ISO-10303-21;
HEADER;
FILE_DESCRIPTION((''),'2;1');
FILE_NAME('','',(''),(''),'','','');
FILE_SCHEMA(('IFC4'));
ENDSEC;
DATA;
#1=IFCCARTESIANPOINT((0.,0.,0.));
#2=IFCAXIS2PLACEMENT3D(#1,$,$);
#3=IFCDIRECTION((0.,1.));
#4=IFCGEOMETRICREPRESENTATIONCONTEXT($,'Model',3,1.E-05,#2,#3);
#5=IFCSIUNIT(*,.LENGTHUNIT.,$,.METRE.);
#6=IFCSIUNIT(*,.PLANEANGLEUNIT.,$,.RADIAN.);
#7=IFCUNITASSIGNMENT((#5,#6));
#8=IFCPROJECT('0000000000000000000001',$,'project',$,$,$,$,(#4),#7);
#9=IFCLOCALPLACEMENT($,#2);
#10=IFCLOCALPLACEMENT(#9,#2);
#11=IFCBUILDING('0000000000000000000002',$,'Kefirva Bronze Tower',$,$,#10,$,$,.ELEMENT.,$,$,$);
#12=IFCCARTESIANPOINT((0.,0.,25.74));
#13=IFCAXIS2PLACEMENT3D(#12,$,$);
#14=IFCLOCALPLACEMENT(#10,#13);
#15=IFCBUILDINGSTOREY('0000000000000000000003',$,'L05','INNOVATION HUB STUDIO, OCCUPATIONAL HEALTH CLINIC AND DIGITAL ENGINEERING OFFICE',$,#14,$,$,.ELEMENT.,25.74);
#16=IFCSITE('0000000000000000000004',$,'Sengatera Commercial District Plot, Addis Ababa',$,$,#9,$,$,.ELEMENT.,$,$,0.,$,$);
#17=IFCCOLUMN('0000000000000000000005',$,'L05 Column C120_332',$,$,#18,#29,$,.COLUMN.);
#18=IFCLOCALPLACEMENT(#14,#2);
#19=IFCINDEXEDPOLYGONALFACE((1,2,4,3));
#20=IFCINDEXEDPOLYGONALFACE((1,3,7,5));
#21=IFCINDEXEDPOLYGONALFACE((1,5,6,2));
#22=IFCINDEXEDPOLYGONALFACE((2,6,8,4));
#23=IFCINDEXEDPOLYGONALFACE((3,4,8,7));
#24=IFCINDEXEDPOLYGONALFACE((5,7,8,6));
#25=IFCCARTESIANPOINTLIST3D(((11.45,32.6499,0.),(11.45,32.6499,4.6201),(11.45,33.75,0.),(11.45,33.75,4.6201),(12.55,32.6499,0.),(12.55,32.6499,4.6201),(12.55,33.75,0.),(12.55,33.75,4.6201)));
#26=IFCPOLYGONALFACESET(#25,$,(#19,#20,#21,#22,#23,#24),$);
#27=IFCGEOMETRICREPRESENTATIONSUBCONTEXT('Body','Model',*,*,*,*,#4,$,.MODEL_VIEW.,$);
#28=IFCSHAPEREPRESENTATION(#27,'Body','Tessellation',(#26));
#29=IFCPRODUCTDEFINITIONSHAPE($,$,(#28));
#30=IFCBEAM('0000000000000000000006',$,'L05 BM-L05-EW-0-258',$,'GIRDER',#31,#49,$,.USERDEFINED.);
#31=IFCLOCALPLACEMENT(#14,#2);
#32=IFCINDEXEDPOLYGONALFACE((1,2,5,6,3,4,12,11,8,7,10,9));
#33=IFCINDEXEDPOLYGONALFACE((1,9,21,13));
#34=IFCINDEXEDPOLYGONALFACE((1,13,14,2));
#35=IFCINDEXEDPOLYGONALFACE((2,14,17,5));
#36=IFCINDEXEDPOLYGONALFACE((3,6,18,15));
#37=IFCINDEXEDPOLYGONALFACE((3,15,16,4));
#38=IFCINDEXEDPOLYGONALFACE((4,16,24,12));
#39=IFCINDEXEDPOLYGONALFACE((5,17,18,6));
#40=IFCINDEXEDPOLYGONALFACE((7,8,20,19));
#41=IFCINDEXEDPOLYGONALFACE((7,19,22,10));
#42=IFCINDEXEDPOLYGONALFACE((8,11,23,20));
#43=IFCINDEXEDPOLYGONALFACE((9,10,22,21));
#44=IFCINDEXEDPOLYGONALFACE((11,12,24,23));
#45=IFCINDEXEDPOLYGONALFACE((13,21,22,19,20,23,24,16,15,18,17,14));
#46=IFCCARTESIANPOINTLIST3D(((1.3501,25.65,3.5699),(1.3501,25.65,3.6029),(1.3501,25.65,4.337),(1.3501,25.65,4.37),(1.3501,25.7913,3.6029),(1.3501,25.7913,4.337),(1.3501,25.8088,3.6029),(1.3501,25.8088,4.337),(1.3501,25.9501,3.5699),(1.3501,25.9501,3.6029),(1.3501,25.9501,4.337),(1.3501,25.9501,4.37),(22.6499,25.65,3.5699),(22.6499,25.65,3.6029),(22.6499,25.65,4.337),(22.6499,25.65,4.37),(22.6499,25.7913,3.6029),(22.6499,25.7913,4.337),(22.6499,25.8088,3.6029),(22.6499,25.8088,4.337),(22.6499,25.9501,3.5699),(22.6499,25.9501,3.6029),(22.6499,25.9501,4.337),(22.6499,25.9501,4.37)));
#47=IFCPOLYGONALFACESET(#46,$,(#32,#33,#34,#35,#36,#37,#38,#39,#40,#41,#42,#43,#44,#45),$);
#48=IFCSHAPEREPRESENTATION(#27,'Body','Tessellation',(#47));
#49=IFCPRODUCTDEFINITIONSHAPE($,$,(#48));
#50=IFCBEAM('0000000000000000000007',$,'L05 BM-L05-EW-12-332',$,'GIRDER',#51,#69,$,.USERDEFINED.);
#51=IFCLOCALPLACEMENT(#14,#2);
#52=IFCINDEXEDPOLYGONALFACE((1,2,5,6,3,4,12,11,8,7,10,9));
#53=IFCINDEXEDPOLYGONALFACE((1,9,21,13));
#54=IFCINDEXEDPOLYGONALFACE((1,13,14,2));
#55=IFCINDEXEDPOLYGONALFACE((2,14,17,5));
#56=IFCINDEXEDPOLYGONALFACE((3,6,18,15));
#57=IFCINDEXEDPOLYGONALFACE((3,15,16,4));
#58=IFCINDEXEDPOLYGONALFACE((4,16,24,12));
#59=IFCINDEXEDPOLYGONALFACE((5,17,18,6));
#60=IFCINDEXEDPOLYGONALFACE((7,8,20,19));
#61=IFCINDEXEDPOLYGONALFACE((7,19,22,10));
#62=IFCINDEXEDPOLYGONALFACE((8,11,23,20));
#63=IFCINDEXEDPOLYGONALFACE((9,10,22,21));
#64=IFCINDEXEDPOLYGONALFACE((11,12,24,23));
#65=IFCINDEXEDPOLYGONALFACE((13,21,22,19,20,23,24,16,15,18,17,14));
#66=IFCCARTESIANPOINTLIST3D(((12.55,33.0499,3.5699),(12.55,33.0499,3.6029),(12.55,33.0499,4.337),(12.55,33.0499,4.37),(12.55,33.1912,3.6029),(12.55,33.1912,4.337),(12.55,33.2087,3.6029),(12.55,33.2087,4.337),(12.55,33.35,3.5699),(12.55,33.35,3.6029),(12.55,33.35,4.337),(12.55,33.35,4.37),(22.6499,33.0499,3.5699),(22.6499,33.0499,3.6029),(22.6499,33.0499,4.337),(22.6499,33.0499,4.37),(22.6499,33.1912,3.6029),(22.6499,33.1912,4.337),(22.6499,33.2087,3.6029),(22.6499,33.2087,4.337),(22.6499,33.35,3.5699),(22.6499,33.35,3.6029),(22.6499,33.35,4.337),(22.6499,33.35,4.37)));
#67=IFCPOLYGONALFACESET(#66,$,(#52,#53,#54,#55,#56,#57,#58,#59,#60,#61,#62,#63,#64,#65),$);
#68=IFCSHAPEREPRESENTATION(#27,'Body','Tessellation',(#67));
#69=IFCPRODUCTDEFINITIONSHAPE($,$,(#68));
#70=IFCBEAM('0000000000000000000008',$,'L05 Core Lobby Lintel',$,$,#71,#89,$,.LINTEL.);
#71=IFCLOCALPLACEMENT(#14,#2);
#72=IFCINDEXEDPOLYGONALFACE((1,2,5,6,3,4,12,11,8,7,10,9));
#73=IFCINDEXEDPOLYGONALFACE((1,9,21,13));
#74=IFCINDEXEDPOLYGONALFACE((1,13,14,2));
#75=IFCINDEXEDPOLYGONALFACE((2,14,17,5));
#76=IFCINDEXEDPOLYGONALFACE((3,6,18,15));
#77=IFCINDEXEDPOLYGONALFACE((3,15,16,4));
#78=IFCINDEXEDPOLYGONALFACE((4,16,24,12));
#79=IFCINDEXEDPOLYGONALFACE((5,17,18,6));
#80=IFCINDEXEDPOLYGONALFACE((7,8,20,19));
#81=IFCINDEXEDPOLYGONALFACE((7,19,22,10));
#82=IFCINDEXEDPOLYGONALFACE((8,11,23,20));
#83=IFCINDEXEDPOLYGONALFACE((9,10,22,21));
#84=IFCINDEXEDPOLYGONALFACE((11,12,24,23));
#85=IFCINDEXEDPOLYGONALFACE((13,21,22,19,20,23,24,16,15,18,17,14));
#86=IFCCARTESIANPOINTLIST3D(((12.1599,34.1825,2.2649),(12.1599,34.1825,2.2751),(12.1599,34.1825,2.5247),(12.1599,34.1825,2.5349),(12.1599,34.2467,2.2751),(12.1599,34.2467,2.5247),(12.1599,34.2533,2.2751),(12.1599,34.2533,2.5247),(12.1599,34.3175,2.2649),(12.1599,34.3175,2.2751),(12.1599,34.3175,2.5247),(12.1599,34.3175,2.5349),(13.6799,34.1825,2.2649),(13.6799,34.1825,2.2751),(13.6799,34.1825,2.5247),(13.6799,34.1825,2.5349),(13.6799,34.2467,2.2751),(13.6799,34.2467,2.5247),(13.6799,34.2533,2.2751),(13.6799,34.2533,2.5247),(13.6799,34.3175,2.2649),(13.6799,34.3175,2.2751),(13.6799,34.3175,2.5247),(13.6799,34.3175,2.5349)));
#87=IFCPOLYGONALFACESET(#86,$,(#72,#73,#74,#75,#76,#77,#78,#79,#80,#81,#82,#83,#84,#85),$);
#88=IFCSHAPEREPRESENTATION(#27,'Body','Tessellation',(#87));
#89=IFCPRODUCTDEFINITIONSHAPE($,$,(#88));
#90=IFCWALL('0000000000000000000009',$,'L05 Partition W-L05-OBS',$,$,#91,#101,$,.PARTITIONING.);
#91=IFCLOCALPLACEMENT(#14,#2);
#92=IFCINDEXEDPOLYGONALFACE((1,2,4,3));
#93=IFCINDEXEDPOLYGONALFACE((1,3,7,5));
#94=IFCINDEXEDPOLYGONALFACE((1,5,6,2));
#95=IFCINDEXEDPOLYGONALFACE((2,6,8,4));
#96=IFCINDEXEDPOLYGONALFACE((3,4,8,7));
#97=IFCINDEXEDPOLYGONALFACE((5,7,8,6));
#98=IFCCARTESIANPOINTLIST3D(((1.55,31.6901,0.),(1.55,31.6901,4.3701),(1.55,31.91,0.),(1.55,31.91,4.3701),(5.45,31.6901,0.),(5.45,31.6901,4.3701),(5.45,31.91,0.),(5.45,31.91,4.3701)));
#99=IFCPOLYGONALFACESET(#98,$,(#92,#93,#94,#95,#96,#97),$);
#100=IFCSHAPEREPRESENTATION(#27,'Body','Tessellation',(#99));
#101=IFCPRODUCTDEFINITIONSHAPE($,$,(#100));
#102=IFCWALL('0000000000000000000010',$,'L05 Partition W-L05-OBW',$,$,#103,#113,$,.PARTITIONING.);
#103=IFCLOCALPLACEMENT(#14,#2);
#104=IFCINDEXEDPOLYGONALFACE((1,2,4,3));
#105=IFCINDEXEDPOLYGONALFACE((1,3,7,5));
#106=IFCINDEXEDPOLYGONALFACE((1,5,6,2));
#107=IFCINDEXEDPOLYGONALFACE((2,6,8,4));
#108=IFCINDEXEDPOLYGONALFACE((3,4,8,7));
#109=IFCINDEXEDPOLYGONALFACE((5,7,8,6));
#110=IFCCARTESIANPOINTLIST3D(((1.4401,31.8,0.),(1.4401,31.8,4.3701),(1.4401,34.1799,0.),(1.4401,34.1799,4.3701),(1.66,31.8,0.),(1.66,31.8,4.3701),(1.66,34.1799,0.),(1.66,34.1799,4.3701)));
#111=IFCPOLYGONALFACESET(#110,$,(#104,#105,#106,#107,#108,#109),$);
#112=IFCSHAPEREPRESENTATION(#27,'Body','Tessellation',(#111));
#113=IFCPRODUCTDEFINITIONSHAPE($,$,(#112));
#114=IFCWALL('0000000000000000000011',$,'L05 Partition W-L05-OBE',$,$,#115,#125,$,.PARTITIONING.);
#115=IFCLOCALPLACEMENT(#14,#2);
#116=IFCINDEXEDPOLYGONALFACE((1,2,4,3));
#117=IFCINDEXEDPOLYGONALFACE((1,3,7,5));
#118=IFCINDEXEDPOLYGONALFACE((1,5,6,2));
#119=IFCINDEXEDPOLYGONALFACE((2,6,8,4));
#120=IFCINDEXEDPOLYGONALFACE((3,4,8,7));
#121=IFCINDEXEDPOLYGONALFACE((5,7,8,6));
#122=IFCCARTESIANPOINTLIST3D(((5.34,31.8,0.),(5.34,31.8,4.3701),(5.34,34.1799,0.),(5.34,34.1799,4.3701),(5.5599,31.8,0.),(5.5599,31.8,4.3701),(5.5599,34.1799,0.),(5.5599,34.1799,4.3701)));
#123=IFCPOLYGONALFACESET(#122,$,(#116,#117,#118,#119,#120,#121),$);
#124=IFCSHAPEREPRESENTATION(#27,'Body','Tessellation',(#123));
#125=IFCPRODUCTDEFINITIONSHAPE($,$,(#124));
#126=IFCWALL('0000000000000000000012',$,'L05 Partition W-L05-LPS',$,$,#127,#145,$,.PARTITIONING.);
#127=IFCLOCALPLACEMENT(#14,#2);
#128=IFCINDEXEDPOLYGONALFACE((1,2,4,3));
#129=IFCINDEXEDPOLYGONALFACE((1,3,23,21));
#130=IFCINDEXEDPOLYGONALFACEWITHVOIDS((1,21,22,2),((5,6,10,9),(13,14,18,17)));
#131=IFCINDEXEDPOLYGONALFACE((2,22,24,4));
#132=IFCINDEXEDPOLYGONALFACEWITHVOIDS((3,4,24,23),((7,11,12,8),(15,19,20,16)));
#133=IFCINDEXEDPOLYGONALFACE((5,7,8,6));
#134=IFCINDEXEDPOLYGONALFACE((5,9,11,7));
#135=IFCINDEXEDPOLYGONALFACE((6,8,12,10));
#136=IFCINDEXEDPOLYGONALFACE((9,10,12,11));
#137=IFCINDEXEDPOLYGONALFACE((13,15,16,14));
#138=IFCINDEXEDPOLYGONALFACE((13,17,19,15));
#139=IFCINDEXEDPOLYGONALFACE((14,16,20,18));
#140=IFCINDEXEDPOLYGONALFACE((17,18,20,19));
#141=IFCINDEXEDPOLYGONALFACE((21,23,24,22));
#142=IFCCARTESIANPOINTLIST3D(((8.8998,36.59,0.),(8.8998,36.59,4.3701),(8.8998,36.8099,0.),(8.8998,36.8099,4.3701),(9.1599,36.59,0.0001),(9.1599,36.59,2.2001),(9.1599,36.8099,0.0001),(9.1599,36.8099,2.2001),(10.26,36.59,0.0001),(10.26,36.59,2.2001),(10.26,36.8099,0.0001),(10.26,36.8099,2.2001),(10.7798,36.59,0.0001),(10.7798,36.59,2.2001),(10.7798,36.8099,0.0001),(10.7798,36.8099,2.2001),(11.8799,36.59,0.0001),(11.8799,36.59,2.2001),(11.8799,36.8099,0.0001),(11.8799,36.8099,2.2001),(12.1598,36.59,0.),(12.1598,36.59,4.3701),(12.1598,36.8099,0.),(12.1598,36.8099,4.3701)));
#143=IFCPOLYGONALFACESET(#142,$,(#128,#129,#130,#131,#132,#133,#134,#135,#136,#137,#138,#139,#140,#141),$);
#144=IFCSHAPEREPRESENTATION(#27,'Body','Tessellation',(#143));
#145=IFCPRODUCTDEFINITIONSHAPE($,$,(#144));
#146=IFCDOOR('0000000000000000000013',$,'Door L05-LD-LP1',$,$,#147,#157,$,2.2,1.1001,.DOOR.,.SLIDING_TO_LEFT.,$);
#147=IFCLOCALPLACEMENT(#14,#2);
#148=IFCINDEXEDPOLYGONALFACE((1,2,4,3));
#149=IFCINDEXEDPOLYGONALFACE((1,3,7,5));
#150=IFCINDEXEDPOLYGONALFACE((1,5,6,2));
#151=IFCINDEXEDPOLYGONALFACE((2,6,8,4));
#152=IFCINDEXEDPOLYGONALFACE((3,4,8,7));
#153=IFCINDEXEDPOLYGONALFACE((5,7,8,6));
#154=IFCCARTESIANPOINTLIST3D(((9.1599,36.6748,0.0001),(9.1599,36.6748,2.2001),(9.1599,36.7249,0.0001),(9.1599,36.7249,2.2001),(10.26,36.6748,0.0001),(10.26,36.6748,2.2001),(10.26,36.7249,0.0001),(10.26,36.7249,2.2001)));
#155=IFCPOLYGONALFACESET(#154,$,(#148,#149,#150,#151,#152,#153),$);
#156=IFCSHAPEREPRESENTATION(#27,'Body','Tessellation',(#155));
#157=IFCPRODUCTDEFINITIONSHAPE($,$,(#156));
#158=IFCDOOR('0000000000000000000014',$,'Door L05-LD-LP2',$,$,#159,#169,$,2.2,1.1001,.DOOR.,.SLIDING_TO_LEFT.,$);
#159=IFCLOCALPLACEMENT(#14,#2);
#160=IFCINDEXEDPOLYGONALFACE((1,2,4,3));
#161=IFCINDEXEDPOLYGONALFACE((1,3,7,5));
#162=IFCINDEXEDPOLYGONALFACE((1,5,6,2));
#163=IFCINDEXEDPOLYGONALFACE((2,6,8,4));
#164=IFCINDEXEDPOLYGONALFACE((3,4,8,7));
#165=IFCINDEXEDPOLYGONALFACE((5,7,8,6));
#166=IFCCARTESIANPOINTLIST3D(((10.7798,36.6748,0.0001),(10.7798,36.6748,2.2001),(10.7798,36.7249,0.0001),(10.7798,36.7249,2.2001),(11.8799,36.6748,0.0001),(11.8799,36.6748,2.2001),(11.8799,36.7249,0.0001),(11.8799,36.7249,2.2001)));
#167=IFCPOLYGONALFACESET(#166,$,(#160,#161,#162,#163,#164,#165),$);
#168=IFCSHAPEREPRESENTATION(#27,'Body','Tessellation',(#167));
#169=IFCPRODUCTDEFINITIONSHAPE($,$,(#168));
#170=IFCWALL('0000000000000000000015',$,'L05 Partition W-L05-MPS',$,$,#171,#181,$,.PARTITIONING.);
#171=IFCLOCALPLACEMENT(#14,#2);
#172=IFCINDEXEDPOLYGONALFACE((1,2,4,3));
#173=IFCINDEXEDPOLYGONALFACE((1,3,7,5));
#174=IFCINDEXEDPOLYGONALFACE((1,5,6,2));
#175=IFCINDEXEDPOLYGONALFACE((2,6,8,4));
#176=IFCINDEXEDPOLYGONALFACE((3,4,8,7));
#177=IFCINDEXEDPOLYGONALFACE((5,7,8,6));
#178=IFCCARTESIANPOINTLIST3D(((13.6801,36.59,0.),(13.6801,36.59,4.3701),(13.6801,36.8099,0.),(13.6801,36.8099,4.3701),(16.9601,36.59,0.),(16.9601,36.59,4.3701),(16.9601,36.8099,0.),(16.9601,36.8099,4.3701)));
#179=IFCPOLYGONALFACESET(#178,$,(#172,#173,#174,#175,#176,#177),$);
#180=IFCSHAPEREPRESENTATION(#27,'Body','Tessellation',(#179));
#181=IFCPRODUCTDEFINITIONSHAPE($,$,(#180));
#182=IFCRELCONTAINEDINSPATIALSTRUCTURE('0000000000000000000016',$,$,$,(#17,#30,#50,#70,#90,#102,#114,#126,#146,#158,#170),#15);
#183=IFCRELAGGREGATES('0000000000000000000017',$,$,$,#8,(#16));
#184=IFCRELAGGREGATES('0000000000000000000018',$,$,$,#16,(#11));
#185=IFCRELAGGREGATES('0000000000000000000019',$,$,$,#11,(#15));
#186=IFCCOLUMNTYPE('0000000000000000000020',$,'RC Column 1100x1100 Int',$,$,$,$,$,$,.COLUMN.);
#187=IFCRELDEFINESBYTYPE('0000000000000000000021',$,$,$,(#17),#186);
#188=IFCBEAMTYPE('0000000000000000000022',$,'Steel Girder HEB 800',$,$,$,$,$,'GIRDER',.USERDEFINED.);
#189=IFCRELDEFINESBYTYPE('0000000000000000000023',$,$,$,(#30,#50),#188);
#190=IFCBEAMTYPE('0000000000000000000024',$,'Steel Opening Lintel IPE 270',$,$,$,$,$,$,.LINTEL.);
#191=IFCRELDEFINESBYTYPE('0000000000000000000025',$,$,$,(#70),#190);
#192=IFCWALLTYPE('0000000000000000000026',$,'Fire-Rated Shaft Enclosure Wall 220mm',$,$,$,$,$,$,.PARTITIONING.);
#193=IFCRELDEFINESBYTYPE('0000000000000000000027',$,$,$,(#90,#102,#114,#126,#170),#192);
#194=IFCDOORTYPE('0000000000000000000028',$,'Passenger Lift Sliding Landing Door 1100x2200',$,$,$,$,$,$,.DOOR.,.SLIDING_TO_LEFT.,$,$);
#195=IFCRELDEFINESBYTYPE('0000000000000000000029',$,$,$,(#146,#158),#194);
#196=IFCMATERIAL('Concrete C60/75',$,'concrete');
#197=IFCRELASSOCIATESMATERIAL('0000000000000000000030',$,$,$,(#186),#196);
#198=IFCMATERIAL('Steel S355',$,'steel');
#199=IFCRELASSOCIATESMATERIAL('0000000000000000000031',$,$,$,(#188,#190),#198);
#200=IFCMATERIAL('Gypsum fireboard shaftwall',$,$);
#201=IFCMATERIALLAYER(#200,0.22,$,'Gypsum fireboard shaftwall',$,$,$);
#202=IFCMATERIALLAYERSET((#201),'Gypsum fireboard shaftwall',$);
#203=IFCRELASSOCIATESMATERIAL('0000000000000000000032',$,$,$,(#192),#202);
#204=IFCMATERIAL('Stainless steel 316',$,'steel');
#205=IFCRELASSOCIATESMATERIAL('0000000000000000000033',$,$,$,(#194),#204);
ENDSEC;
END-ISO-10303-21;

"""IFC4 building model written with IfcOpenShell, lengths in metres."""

from ifc_helpers import new_model, si_unit, direction, frame, frame_2d, origin, origin_2d, place, context, subcontext, project, spatial, rectangle, i_section, extrude, material, layer, layer_set, material_profile, profile_set, type_object, element, fill, save


model = new_model("IFC4")

# Units and contexts
model_context = context("Model", 3, precision=1e-05, world=origin(), true_north=direction((0.0, 1.0)))
body_context = subcontext(model_context, "Body", "Model", "MODEL_VIEW")
ifc_project = project(units=[si_unit("LENGTHUNIT", "METRE"), si_unit("PLANEANGLEUNIT", "RADIAN")], contexts=[model_context])

# Site, building, storey
site_placement = place(None, origin())
site = spatial("IfcSite", under=ifc_project, at=site_placement, Name="Sengatera Commercial District Plot, Addis Ababa", CompositionType="ELEMENT", RefElevation=0.0)
building_placement = place(site_placement, origin())
building = spatial("IfcBuilding", under=site, at=building_placement, Name="Kefirva Bronze Tower", CompositionType="ELEMENT")
storey_placement = place(building_placement, frame((0.0, 0.0, 25.74)))
storey = spatial("IfcBuildingStorey", under=building, at=storey_placement, Name="L05", Description="INNOVATION HUB STUDIO, OCCUPATIONAL HEALTH CLINIC AND DIGITAL ENGINEERING OFFICE", CompositionType="ELEMENT", Elevation=25.74)

# Column
ifc_material_1 = material(Name="Concrete C60/75", Category="concrete")
ifc_material_profile_1 = material_profile(ifc_material_1, rectangle(XDim=1.1001, YDim=1.1001, at=origin_2d()), Name="RC 1100x1100")
ifc_profile_set_1 = profile_set([ifc_material_profile_1], Name="Concrete C60/75")
column_type = type_object("IfcColumnType", Name="RC Column 1100x1100 Int", PredefinedType="COLUMN", material=ifc_profile_set_1)
column_placement = place(storey_placement, frame((12.0, 33.2, 0.0), z_axis=(0.0, 0.0, 1.0), x_axis=(1.0, 0.0, 0.0)))
element("IfcColumn", 1, at=column_placement, inside=storey, type_object=column_type, Name="L05 Column C120_332", PredefinedType="COLUMN", context=body_context, shape_type="SweptSolid", body=[
    extrude(rectangle(XDim=1.1001, YDim=1.1001, at=origin_2d()), origin(), (0.0, 0.0, 1.0), 4.6201),
])

# Beams
ifc_material_2 = material(Name="Steel S355", Category="steel")
ifc_material_profile_2 = material_profile(ifc_material_2, i_section(OverallWidth=0.3, OverallDepth=0.8, WebThickness=0.0176, FlangeThickness=0.033, at=origin_2d()), Name="HEB 800")
ifc_profile_set_2 = profile_set([ifc_material_profile_2], Name="Steel S355")
beam_type_1 = type_object("IfcBeamType", Name="Steel Girder HEB 800", ElementType="GIRDER", PredefinedType="USERDEFINED", material=ifc_profile_set_2)
beam_1_placement = place(storey_placement, frame((1.3501, 25.8, 3.97), z_axis=(1.0, 0.0, 0.0), x_axis=(0.0, 1.0, 0.0)))
element("IfcBeam", 2, at=beam_1_placement, inside=storey, type_object=beam_type_1, Name="L05 BM-L05-EW-0-258", ObjectType="GIRDER", PredefinedType="USERDEFINED", context=body_context, shape_type="SweptSolid", body=[
    extrude(i_section(OverallWidth=0.3, OverallDepth=0.8, WebThickness=0.0176, FlangeThickness=0.033, at=origin_2d()), origin(), (0.0, 0.0, 1.0), 21.2998),
])
beam_2_placement = place(storey_placement, frame((12.55, 33.2, 3.97), z_axis=(1.0, 0.0, 0.0), x_axis=(0.0, 1.0, 0.0)))
element("IfcBeam", 3, at=beam_2_placement, inside=storey, type_object=beam_type_1, Name="L05 BM-L05-EW-12-332", ObjectType="GIRDER", PredefinedType="USERDEFINED", context=body_context, shape_type="SweptSolid", body=[
    extrude(i_section(OverallWidth=0.3, OverallDepth=0.8, WebThickness=0.0176, FlangeThickness=0.033, at=origin_2d()), origin(), (0.0, 0.0, 1.0), 10.0999),
])
ifc_material_profile_3 = material_profile(ifc_material_2, i_section(OverallWidth=0.135, OverallDepth=0.27, WebThickness=0.0066, FlangeThickness=0.0103, at=origin_2d()), Name="IPE 270")
ifc_profile_set_3 = profile_set([ifc_material_profile_3], Name="Steel S355")
beam_type_2 = type_object("IfcBeamType", Name="Steel Opening Lintel IPE 270", PredefinedType="LINTEL", material=ifc_profile_set_3)
beam_3_placement = place(storey_placement, frame((12.1599, 34.25, 2.3999), z_axis=(1.0, 0.0, 0.0), x_axis=(0.0, 1.0, 0.0)))
element("IfcBeam", 4, at=beam_3_placement, inside=storey, type_object=beam_type_2, Name="L05 Core Lobby Lintel", PredefinedType="LINTEL", context=body_context, shape_type="SweptSolid", body=[
    extrude(i_section(OverallWidth=0.135, OverallDepth=0.27, WebThickness=0.0066, FlangeThickness=0.0103, at=origin_2d()), origin(), (0.0, 0.0, 1.0), 1.52),
])

# Walls
ifc_material_3 = material(Name="Gypsum fireboard shaftwall")
ifc_layer_1 = layer(ifc_material_3, 0.22, Name="Gypsum fireboard shaftwall")
ifc_layer_set_1 = layer_set([ifc_layer_1], Name="Gypsum fireboard shaftwall")
wall_type_1 = type_object("IfcWallType", Name="Fire-Rated Shaft Enclosure Wall 220mm", PredefinedType="PARTITIONING", material=ifc_layer_set_1)
wall_1_placement = place(storey_placement, frame((1.55, 31.8, 0.0), z_axis=(0.0, 0.0, 1.0), x_axis=(1.0, 0.0, 0.0)))
element("IfcWall", 5, at=wall_1_placement, inside=storey, type_object=wall_type_1, Name="L05 Partition W-L05-OBS", PredefinedType="PARTITIONING", context=body_context, shape_type="SweptSolid", body=[
    extrude(rectangle(XDim=3.8999, YDim=0.22, at=frame_2d((1.95, 0.0))), origin(), (0.0, 0.0, 1.0), 4.3701),
])
for number, where, z_axis, x_axis, name in (
    (6, (1.55, 31.8, 0.0), (0.0, 0.0, 1.0), (0.0, 1.0, 0.0), "L05 Partition W-L05-OBW"),
    (7, (5.45, 31.8, 0.0), (0.0, 0.0, 1.0), (0.0, 1.0, 0.0), "L05 Partition W-L05-OBE"),
):
    element("IfcWall", number, at=place(storey_placement, frame(where, z_axis=z_axis, x_axis=x_axis)), inside=storey, type_object=wall_type_1, Name=name, PredefinedType="PARTITIONING", context=body_context, shape_type="SweptSolid", body=[
        extrude(rectangle(XDim=2.3799, YDim=0.22, at=frame_2d((1.1899, 0.0))), origin(), (0.0, 0.0, 1.0), 4.3701),
    ])

# Wall, openings, doors
wall_2_placement = place(storey_placement, frame((8.8999, 36.7, 0.0), z_axis=(0.0, 0.0, 1.0), x_axis=(1.0, 0.0, 0.0)))
wall_2 = element("IfcWall", 8, at=wall_2_placement, inside=storey, type_object=wall_type_1, Name="L05 Partition W-L05-LPS", PredefinedType="PARTITIONING", context=body_context, shape_type="SweptSolid", body=[
    extrude(rectangle(XDim=3.26, YDim=0.22, at=frame_2d((1.6299, 0.0))), origin(), (0.0, 0.0, 1.0), 4.3701),
])
opening_1_placement = place(wall_2_placement, frame((0.26, 0.0, 0.0)))
opening_1 = element("IfcOpeningElement", 9, at=opening_1_placement, cuts=wall_2, PredefinedType="OPENING", context=body_context, shape_type="SweptSolid", body=[
    extrude(rectangle(XDim=1.1001, YDim=2.2, at=frame_2d((0.55, 1.1001))), frame((0.0, 0.1201, 0.0), z_axis=(0.0, -1.0, 0.0), x_axis=(1.0, 0.0, 0.0)), (0.0, 0.0, 1.0), 0.24),
])
opening_2_placement = place(wall_2_placement, frame((1.8799, 0.0, 0.0)))
opening_2 = element("IfcOpeningElement", 10, at=opening_2_placement, cuts=wall_2, PredefinedType="OPENING", context=body_context, shape_type="SweptSolid", body=[
    extrude(rectangle(XDim=1.1001, YDim=2.2, at=frame_2d((0.55, 1.1001))), frame((0.0, 0.1201, 0.0), z_axis=(0.0, -1.0, 0.0), x_axis=(1.0, 0.0, 0.0)), (0.0, 0.0, 1.0), 0.24),
])
ifc_material_4 = material(Name="Stainless steel 316", Category="steel")
door_type_1 = type_object("IfcDoorType", Name="Passenger Lift Sliding Landing Door 1100x2200", OperationType="SLIDING_TO_LEFT", PredefinedType="DOOR", material=ifc_material_4)
door_1_placement = place(opening_1_placement, origin())
door_1 = element("IfcDoor", 11, at=door_1_placement, inside=storey, type_object=door_type_1, Name="Door L05-LD-LP1", OperationType="SLIDING_TO_LEFT", OverallHeight=2.2, OverallWidth=1.1001, PredefinedType="DOOR", context=body_context, shape_type="SweptSolid", body=[
    extrude(rectangle(XDim=1.1001, YDim=2.2, at=frame_2d((0.55, 1.1001))), frame((0.0, 0.0249, 0.0), z_axis=(0.0, -1.0, 0.0), x_axis=(1.0, 0.0, 0.0)), (0.0, 0.0, 1.0), 0.05),
])
fill(opening_1, door_1)
door_2_placement = place(opening_2_placement, origin())
door_2 = element("IfcDoor", 12, at=door_2_placement, inside=storey, type_object=door_type_1, Name="Door L05-LD-LP2", OperationType="SLIDING_TO_LEFT", OverallHeight=2.2, OverallWidth=1.1001, PredefinedType="DOOR", context=body_context, shape_type="SweptSolid", body=[
    extrude(rectangle(XDim=1.1001, YDim=2.2, at=frame_2d((0.55, 1.1001))), frame((0.0, 0.0249, 0.0), z_axis=(0.0, -1.0, 0.0), x_axis=(1.0, 0.0, 0.0)), (0.0, 0.0, 1.0), 0.05),
])
fill(opening_2, door_2)

# Wall
wall_3_placement = place(storey_placement, frame((13.6799, 36.7, 0.0), z_axis=(0.0, 0.0, 1.0), x_axis=(1.0, 0.0, 0.0)))
element("IfcWall", 13, at=wall_3_placement, inside=storey, type_object=wall_type_1, Name="L05 Partition W-L05-MPS", PredefinedType="PARTITIONING", context=body_context, shape_type="SweptSolid", body=[
    extrude(rectangle(XDim=3.28, YDim=0.22, at=frame_2d((1.6401, 0.0))), origin(), (0.0, 0.0, 1.0), 4.3701),
])

save(model, "model.ifc")
